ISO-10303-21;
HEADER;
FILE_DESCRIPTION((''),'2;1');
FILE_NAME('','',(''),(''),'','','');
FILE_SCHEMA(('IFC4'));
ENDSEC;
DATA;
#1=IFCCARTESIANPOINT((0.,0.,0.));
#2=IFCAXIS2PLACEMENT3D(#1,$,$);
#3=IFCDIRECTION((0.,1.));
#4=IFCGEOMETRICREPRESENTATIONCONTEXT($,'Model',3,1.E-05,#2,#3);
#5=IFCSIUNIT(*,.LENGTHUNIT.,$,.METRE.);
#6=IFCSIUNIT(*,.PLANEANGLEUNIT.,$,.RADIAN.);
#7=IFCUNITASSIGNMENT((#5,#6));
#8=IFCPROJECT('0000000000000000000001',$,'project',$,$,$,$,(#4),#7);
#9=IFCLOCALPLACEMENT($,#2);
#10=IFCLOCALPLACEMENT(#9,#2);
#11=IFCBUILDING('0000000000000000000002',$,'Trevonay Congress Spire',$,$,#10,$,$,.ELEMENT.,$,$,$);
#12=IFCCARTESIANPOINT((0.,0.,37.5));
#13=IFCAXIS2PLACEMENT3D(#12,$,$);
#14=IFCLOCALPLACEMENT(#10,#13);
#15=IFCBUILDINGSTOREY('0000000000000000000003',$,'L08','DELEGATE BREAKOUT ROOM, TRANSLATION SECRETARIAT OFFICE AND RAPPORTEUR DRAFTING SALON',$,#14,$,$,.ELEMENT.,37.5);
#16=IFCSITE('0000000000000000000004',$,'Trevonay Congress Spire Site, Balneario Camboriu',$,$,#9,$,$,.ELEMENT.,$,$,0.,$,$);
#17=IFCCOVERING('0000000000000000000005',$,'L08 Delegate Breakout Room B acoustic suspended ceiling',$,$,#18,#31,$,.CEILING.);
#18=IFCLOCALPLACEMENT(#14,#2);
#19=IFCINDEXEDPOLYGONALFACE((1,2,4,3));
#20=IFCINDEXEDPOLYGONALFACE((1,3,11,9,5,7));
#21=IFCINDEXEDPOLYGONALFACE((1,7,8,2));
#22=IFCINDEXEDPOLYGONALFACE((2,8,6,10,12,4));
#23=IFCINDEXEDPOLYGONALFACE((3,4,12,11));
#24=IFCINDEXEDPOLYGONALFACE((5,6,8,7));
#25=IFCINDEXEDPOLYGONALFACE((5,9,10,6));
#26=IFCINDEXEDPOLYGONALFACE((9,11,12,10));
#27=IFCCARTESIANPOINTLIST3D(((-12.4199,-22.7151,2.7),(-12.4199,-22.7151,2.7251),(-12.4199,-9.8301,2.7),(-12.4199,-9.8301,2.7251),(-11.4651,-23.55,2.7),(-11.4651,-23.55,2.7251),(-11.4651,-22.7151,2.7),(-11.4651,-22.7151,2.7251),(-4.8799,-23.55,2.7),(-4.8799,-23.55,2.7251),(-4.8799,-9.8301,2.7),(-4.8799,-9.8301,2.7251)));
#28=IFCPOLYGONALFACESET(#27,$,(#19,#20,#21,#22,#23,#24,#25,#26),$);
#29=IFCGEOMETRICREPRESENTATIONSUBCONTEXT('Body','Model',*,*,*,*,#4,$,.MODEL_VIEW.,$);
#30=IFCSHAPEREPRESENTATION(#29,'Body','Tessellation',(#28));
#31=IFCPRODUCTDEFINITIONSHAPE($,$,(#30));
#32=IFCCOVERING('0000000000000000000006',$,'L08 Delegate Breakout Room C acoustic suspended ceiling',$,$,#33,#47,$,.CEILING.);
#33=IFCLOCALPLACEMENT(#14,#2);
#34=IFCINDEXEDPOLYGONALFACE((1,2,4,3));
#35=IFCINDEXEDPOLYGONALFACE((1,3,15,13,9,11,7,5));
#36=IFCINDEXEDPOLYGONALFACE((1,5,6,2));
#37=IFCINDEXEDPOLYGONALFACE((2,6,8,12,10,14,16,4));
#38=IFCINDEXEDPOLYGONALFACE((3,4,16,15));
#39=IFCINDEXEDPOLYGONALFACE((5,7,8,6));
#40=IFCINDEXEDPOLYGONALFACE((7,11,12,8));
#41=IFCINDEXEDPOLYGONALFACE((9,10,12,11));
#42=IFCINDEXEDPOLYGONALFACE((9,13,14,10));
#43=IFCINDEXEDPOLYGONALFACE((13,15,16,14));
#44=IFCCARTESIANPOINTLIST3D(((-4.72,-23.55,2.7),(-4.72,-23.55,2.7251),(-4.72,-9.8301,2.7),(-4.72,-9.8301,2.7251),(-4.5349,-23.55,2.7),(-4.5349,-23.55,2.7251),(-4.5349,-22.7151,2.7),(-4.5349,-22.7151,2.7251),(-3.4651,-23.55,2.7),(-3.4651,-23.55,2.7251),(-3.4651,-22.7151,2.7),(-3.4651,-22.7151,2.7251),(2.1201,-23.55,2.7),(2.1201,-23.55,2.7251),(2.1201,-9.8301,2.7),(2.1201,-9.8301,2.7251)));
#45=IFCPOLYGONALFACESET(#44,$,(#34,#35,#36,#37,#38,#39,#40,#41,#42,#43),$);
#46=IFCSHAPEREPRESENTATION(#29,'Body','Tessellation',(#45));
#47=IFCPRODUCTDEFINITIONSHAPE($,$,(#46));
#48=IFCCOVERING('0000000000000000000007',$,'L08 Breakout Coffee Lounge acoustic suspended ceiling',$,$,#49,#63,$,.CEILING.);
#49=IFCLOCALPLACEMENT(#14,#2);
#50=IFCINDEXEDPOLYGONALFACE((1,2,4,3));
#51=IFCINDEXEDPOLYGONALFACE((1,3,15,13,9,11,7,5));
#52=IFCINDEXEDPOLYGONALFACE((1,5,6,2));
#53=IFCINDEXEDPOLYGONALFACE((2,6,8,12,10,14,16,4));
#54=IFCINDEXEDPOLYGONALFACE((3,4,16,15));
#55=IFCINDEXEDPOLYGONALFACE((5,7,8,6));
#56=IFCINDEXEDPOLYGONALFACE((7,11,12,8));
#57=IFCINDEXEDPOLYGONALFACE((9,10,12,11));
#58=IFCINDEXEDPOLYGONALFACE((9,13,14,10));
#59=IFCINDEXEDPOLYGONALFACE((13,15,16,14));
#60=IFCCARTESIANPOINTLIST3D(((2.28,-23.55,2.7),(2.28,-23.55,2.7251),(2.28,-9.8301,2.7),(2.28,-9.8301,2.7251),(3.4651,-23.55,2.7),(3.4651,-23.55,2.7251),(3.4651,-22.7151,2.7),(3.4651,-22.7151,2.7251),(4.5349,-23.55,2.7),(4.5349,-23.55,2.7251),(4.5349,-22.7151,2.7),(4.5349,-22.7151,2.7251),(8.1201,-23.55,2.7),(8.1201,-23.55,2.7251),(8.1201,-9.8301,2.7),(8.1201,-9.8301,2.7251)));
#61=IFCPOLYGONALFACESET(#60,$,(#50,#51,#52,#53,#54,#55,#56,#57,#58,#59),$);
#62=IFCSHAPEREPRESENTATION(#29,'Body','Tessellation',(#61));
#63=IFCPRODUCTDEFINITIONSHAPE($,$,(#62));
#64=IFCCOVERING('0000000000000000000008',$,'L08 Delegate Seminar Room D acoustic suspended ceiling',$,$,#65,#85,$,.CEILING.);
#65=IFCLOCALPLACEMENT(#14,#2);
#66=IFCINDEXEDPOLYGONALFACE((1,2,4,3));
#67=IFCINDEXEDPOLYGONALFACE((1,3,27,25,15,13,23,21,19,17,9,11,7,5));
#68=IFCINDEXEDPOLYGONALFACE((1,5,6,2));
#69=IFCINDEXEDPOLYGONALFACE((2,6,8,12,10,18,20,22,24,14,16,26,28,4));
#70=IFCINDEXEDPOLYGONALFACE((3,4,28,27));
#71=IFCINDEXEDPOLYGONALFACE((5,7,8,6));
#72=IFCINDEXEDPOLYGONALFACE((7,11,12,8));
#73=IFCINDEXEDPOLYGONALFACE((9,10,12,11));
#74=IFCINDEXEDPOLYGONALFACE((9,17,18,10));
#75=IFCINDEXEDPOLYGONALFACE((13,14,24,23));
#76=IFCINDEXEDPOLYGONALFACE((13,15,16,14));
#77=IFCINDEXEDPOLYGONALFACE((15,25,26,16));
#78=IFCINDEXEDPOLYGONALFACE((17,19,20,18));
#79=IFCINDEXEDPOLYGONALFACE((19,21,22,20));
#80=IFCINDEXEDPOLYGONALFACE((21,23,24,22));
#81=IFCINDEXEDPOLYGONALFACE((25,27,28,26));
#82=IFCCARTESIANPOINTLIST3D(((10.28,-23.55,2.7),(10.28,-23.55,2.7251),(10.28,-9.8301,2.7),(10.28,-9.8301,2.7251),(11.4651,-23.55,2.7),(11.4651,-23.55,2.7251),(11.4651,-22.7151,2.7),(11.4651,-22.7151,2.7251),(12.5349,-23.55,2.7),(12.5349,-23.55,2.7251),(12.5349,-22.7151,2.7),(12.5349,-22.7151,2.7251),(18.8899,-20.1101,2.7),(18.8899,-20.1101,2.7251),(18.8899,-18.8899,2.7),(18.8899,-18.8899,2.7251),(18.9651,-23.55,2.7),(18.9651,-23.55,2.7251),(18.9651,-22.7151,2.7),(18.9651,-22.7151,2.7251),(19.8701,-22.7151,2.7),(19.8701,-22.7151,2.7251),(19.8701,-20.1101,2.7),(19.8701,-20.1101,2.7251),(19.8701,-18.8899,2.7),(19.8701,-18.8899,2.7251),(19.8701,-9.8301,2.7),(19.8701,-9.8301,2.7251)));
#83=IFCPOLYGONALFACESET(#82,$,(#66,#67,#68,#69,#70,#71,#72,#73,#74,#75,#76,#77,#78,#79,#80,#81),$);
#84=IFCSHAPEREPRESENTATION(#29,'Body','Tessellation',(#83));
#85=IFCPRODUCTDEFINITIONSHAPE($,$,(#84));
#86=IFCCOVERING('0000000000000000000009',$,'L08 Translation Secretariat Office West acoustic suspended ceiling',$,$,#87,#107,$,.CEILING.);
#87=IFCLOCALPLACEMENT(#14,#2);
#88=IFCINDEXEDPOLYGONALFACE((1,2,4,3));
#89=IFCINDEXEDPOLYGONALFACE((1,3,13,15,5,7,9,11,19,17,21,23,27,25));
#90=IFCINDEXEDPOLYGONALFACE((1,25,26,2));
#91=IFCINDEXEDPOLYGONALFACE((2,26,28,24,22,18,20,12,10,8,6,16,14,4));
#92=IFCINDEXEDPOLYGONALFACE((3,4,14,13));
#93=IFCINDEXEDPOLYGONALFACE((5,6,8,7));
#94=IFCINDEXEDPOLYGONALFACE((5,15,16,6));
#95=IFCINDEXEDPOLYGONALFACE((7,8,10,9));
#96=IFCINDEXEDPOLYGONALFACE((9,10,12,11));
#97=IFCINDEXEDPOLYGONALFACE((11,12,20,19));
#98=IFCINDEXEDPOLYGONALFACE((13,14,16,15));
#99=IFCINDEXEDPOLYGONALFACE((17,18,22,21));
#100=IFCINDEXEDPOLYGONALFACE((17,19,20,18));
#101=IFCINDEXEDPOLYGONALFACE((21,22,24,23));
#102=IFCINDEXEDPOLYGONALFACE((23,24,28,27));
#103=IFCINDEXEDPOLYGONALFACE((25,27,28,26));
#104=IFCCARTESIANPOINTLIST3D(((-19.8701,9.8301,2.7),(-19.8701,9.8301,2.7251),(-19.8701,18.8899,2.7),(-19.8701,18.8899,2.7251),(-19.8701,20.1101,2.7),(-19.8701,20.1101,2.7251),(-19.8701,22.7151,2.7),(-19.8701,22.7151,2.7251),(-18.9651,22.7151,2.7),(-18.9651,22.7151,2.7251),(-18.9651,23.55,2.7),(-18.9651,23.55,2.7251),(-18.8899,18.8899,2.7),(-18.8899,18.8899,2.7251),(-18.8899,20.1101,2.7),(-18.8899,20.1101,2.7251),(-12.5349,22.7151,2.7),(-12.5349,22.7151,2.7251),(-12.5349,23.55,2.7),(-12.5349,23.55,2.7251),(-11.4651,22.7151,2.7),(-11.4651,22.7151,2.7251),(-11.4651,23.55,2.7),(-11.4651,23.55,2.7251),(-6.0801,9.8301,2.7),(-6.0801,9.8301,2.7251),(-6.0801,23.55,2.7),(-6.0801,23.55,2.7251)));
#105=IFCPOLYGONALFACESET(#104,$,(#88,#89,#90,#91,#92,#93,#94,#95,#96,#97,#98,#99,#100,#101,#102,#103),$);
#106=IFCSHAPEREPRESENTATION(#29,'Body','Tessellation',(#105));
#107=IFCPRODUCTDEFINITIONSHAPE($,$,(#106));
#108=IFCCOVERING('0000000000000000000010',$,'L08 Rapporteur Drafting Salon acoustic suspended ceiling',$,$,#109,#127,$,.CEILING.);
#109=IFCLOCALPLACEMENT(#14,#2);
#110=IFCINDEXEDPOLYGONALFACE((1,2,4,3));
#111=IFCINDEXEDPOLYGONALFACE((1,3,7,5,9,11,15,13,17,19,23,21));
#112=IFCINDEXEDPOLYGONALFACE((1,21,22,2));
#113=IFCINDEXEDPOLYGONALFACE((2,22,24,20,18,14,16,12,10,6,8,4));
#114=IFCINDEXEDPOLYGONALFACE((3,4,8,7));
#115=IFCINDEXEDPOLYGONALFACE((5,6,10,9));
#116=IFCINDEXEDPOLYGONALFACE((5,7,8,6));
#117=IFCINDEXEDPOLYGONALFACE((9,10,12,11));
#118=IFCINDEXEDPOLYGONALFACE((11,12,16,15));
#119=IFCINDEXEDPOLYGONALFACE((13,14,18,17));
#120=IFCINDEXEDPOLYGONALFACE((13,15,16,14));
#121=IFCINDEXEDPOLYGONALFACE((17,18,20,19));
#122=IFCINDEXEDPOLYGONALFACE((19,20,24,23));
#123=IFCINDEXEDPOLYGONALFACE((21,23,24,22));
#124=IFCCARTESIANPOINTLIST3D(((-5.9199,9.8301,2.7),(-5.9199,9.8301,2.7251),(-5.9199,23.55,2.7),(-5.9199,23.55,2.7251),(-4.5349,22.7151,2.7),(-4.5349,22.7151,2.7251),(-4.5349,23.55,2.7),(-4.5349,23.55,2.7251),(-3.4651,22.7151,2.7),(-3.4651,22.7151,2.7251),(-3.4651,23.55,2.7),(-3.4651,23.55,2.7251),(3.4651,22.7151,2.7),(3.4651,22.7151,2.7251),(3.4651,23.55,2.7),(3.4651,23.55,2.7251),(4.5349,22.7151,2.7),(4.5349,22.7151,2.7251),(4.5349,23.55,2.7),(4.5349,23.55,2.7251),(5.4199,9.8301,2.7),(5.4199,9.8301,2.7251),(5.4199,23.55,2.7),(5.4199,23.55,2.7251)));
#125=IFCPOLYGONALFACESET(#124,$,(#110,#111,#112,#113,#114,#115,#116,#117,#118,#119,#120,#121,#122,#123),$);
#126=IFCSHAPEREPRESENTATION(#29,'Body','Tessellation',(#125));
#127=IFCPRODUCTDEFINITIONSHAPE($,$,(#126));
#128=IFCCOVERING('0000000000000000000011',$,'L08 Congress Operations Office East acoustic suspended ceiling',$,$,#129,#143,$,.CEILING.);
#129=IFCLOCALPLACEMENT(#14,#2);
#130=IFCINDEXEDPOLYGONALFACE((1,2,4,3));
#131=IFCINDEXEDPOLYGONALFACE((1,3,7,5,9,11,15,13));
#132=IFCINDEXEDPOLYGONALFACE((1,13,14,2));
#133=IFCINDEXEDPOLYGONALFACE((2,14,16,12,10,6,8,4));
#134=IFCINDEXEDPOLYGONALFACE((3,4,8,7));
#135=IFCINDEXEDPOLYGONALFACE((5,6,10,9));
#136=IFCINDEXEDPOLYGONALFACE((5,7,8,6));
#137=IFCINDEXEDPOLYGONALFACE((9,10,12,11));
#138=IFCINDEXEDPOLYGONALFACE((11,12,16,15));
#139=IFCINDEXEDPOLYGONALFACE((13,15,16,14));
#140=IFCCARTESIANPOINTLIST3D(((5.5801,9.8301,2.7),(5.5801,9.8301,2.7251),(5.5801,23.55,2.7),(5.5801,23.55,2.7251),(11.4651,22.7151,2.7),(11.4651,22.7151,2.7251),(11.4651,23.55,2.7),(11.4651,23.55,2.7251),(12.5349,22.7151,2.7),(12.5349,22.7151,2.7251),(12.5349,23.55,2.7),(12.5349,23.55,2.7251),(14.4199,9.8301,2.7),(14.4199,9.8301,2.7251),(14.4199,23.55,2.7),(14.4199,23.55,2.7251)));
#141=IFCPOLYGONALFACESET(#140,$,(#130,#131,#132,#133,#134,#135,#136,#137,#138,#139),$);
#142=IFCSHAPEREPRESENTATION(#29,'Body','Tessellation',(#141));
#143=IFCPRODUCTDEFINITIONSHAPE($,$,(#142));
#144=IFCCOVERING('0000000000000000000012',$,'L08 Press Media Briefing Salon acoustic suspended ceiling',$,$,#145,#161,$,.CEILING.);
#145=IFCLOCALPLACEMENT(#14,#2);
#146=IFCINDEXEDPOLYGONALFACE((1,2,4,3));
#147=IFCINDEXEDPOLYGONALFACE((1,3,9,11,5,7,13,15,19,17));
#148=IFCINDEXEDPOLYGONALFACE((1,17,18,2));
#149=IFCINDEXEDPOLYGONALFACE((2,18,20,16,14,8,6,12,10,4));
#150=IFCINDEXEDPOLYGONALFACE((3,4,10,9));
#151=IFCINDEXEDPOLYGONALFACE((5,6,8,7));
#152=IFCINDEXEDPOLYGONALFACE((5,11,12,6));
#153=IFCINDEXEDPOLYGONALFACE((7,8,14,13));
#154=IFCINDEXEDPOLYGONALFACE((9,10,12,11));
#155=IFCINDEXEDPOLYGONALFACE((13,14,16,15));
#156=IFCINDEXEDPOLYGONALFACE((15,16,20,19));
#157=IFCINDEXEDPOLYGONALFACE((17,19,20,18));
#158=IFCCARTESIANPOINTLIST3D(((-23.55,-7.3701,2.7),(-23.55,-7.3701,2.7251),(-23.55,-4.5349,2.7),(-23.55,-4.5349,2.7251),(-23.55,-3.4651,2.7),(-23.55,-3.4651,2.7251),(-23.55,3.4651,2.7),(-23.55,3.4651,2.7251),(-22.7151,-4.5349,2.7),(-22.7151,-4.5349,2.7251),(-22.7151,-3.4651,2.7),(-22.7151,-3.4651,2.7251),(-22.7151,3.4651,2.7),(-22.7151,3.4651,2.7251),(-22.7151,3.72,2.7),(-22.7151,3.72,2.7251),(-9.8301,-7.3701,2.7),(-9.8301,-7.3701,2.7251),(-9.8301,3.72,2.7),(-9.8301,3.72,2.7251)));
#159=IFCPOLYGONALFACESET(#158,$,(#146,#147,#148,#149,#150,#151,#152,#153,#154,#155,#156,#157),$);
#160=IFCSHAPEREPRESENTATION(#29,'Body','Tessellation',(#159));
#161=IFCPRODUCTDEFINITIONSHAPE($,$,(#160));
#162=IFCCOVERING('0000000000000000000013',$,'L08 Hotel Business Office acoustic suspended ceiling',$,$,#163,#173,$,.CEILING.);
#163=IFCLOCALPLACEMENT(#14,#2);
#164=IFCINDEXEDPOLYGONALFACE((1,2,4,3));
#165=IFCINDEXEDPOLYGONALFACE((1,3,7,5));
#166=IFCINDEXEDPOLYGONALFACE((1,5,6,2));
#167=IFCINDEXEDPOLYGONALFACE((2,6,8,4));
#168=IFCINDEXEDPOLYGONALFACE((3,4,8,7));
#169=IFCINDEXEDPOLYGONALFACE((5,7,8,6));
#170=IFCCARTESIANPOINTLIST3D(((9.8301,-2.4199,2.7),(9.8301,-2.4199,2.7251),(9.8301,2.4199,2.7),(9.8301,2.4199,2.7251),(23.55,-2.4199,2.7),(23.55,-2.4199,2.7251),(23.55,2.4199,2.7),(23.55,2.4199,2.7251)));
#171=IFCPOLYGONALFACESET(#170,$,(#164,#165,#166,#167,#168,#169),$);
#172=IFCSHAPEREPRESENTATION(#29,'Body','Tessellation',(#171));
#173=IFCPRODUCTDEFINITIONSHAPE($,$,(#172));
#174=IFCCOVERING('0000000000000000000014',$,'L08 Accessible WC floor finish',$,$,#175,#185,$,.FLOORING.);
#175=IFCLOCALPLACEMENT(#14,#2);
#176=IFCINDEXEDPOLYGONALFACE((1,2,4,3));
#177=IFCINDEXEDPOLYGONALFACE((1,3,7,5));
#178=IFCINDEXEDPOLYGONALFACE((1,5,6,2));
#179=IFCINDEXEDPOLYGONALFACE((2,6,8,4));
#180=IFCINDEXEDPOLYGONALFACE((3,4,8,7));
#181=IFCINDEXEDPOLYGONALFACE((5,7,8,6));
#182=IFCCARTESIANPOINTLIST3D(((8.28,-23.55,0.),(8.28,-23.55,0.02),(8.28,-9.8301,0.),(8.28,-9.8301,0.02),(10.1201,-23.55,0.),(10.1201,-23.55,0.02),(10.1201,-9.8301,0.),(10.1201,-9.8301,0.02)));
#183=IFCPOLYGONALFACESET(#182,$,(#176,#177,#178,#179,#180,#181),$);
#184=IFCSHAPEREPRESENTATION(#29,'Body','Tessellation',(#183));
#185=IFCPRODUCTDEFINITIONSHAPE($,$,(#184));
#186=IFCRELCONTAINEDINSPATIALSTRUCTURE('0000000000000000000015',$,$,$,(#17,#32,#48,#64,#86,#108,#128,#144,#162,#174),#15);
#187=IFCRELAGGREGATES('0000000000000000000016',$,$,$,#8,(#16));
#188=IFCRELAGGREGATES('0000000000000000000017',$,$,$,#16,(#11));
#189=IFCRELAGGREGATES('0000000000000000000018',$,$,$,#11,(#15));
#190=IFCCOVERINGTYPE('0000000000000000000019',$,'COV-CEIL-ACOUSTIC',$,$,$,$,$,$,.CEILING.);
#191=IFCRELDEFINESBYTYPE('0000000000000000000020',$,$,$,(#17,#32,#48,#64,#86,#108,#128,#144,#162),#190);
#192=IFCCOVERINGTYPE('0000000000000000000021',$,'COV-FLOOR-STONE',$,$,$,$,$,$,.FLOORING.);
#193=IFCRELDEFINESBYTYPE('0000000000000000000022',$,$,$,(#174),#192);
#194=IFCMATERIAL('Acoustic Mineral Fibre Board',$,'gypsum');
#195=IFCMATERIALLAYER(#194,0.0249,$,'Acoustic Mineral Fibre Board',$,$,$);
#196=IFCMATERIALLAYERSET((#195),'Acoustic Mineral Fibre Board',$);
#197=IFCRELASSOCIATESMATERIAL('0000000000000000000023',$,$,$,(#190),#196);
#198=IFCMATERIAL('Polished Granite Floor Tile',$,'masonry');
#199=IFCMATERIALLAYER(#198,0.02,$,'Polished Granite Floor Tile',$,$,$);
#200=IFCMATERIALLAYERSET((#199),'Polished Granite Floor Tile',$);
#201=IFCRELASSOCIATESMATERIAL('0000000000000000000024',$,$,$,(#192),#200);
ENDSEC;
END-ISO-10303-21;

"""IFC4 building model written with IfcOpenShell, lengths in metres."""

from ifc_helpers import new_model, si_unit, direction, frame, origin, place, context, subcontext, project, spatial, polyline, outline, extrude, material, layer, layer_set, type_object, element, save


model = new_model("IFC4")

# Units and contexts
model_context = context("Model", 3, precision=1e-05, world=origin(), true_north=direction((0.0, 1.0)))
body_context = subcontext(model_context, "Body", "Model", "MODEL_VIEW")
ifc_project = project(units=[si_unit("LENGTHUNIT", "METRE"), si_unit("PLANEANGLEUNIT", "RADIAN")], contexts=[model_context])

# Site, building, storey
site_placement = place(None, origin())
site = spatial("IfcSite", under=ifc_project, at=site_placement, Name="Trevonay Congress Spire Site, Balneario Camboriu", CompositionType="ELEMENT", RefElevation=0.0)
building_placement = place(site_placement, origin())
building = spatial("IfcBuilding", under=site, at=building_placement, Name="Trevonay Congress Spire", CompositionType="ELEMENT")
storey_placement = place(building_placement, frame((0.0, 0.0, 37.5)))
storey = spatial("IfcBuildingStorey", under=building, at=storey_placement, Name="L08", Description="DELEGATE BREAKOUT ROOM, TRANSLATION SECRETARIAT OFFICE AND RAPPORTEUR DRAFTING SALON", CompositionType="ELEMENT", Elevation=37.5)

# Coverings
ifc_material_1 = material(Name="Acoustic Mineral Fibre Board", Category="gypsum")
ifc_layer_1 = layer(ifc_material_1, 0.0249, Name="Acoustic Mineral Fibre Board")
ifc_layer_set_1 = layer_set([ifc_layer_1], Name="Acoustic Mineral Fibre Board")
covering_type_1 = type_object("IfcCoveringType", Name="COV-CEIL-ACOUSTIC", PredefinedType="CEILING", material=ifc_layer_set_1)
covering_1_placement = place(storey_placement, frame((0.0, 0.0, 2.7)))
element("IfcCovering", 1, at=covering_1_placement, inside=storey, type_object=covering_type_1, Name="L08 Delegate Breakout Room B acoustic suspended ceiling", PredefinedType="CEILING", context=body_context, shape_type="SweptSolid", body=[
    extrude(outline(polyline([(-12.4199, -9.8301), (-4.8799, -9.8301), (-4.8799, -23.55), (-11.4651, -23.55), (-11.4651, -22.7151), (-12.4199, -22.7151), (-12.4199, -9.8301)])), origin(), (0.0, 0.0, 1.0), 0.0251),
])
covering_2_placement = place(storey_placement, frame((0.0, 0.0, 2.7)))
element("IfcCovering", 2, at=covering_2_placement, inside=storey, type_object=covering_type_1, Name="L08 Delegate Breakout Room C acoustic suspended ceiling", PredefinedType="CEILING", context=body_context, shape_type="SweptSolid", body=[
    extrude(outline(polyline([(-4.72, -23.55), (-4.72, -9.8301), (2.1201, -9.8301), (2.1201, -23.55), (-3.4651, -23.55), (-3.4651, -22.7151), (-4.5349, -22.7151), (-4.5349, -23.55), (-4.72, -23.55)])), origin(), (0.0, 0.0, 1.0), 0.0251),
])
covering_3_placement = place(storey_placement, frame((0.0, 0.0, 2.7)))
element("IfcCovering", 3, at=covering_3_placement, inside=storey, type_object=covering_type_1, Name="L08 Breakout Coffee Lounge acoustic suspended ceiling", PredefinedType="CEILING", context=body_context, shape_type="SweptSolid", body=[
    extrude(outline(polyline([(2.28, -23.55), (2.28, -9.8301), (8.1201, -9.8301), (8.1201, -23.55), (4.5349, -23.55), (4.5349, -22.7151), (3.4651, -22.7151), (3.4651, -23.55), (2.28, -23.55)])), origin(), (0.0, 0.0, 1.0), 0.0251),
])
covering_4_placement = place(storey_placement, frame((0.0, 0.0, 2.7)))
element("IfcCovering", 4, at=covering_4_placement, inside=storey, type_object=covering_type_1, Name="L08 Delegate Seminar Room D acoustic suspended ceiling", PredefinedType="CEILING", context=body_context, shape_type="SweptSolid", body=[
    extrude(outline(polyline([(10.28, -23.55), (10.28, -9.8301), (19.8701, -9.8301), (19.8701, -18.8899), (18.8899, -18.8899), (18.8899, -20.1101), (19.8701, -20.1101), (19.8701, -22.7151), (18.9651, -22.7151), (18.9651, -23.55), (12.5349, -23.55), (12.5349, -22.7151), (11.4651, -22.7151), (11.4651, -23.55), (10.28, -23.55)])), origin(), (0.0, 0.0, 1.0), 0.0251),
])
covering_5_placement = place(storey_placement, frame((0.0, 0.0, 2.7)))
element("IfcCovering", 5, at=covering_5_placement, inside=storey, type_object=covering_type_1, Name="L08 Translation Secretariat Office West acoustic suspended ceiling", PredefinedType="CEILING", context=body_context, shape_type="SweptSolid", body=[
    extrude(outline(polyline([(-6.0801, 23.55), (-6.0801, 9.8301), (-19.8701, 9.8301), (-19.8701, 18.8899), (-18.8899, 18.8899), (-18.8899, 20.1101), (-19.8701, 20.1101), (-19.8701, 22.7151), (-18.9651, 22.7151), (-18.9651, 23.55), (-12.5349, 23.55), (-12.5349, 22.7151), (-11.4651, 22.7151), (-11.4651, 23.55), (-6.0801, 23.55)])), origin(), (0.0, 0.0, 1.0), 0.0251),
])
covering_6_placement = place(storey_placement, frame((0.0, 0.0, 2.7)))
element("IfcCovering", 6, at=covering_6_placement, inside=storey, type_object=covering_type_1, Name="L08 Rapporteur Drafting Salon acoustic suspended ceiling", PredefinedType="CEILING", context=body_context, shape_type="SweptSolid", body=[
    extrude(outline(polyline([(5.4199, 23.55), (5.4199, 9.8301), (-5.9199, 9.8301), (-5.9199, 23.55), (-4.5349, 23.55), (-4.5349, 22.7151), (-3.4651, 22.7151), (-3.4651, 23.55), (3.4651, 23.55), (3.4651, 22.7151), (4.5349, 22.7151), (4.5349, 23.55), (5.4199, 23.55)])), origin(), (0.0, 0.0, 1.0), 0.0251),
])
covering_7_placement = place(storey_placement, frame((0.0, 0.0, 2.7)))
element("IfcCovering", 7, at=covering_7_placement, inside=storey, type_object=covering_type_1, Name="L08 Congress Operations Office East acoustic suspended ceiling", PredefinedType="CEILING", context=body_context, shape_type="SweptSolid", body=[
    extrude(outline(polyline([(14.4199, 23.55), (14.4199, 9.8301), (5.5801, 9.8301), (5.5801, 23.55), (11.4651, 23.55), (11.4651, 22.7151), (12.5349, 22.7151), (12.5349, 23.55), (14.4199, 23.55)])), origin(), (0.0, 0.0, 1.0), 0.0251),
])
covering_8_placement = place(storey_placement, frame((0.0, 0.0, 2.7)))
element("IfcCovering", 8, at=covering_8_placement, inside=storey, type_object=covering_type_1, Name="L08 Press Media Briefing Salon acoustic suspended ceiling", PredefinedType="CEILING", context=body_context, shape_type="SweptSolid", body=[
    extrude(outline(polyline([(-9.8301, 3.72), (-9.8301, -7.3701), (-23.55, -7.3701), (-23.55, -4.5349), (-22.7151, -4.5349), (-22.7151, -3.4651), (-23.55, -3.4651), (-23.55, 3.4651), (-22.7151, 3.4651), (-22.7151, 3.72), (-9.8301, 3.72)])), origin(), (0.0, 0.0, 1.0), 0.0251),
])
covering_9_placement = place(storey_placement, frame((0.0, 0.0, 2.7)))
element("IfcCovering", 9, at=covering_9_placement, inside=storey, type_object=covering_type_1, Name="L08 Hotel Business Office acoustic suspended ceiling", PredefinedType="CEILING", context=body_context, shape_type="SweptSolid", body=[
    extrude(outline(polyline([(9.8301, -2.4199), (23.55, -2.4199), (23.55, 2.4199), (9.8301, 2.4199), (9.8301, -2.4199)])), origin(), (0.0, 0.0, 1.0), 0.0251),
])
ifc_material_2 = material(Name="Polished Granite Floor Tile", Category="masonry")
ifc_layer_2 = layer(ifc_material_2, 0.02, Name="Polished Granite Floor Tile")
ifc_layer_set_2 = layer_set([ifc_layer_2], Name="Polished Granite Floor Tile")
covering_type_2 = type_object("IfcCoveringType", Name="COV-FLOOR-STONE", PredefinedType="FLOORING", material=ifc_layer_set_2)
covering_10_placement = place(storey_placement, origin())
element("IfcCovering", 10, at=covering_10_placement, inside=storey, type_object=covering_type_2, Name="L08 Accessible WC floor finish", PredefinedType="FLOORING", context=body_context, shape_type="SweptSolid", body=[
    extrude(outline(polyline([(8.28, -23.55), (10.1201, -23.55), (10.1201, -9.8301), (8.28, -9.8301), (8.28, -23.55)])), origin(), (0.0, 0.0, 1.0), 0.02),
])

save(model, "model.ifc")
